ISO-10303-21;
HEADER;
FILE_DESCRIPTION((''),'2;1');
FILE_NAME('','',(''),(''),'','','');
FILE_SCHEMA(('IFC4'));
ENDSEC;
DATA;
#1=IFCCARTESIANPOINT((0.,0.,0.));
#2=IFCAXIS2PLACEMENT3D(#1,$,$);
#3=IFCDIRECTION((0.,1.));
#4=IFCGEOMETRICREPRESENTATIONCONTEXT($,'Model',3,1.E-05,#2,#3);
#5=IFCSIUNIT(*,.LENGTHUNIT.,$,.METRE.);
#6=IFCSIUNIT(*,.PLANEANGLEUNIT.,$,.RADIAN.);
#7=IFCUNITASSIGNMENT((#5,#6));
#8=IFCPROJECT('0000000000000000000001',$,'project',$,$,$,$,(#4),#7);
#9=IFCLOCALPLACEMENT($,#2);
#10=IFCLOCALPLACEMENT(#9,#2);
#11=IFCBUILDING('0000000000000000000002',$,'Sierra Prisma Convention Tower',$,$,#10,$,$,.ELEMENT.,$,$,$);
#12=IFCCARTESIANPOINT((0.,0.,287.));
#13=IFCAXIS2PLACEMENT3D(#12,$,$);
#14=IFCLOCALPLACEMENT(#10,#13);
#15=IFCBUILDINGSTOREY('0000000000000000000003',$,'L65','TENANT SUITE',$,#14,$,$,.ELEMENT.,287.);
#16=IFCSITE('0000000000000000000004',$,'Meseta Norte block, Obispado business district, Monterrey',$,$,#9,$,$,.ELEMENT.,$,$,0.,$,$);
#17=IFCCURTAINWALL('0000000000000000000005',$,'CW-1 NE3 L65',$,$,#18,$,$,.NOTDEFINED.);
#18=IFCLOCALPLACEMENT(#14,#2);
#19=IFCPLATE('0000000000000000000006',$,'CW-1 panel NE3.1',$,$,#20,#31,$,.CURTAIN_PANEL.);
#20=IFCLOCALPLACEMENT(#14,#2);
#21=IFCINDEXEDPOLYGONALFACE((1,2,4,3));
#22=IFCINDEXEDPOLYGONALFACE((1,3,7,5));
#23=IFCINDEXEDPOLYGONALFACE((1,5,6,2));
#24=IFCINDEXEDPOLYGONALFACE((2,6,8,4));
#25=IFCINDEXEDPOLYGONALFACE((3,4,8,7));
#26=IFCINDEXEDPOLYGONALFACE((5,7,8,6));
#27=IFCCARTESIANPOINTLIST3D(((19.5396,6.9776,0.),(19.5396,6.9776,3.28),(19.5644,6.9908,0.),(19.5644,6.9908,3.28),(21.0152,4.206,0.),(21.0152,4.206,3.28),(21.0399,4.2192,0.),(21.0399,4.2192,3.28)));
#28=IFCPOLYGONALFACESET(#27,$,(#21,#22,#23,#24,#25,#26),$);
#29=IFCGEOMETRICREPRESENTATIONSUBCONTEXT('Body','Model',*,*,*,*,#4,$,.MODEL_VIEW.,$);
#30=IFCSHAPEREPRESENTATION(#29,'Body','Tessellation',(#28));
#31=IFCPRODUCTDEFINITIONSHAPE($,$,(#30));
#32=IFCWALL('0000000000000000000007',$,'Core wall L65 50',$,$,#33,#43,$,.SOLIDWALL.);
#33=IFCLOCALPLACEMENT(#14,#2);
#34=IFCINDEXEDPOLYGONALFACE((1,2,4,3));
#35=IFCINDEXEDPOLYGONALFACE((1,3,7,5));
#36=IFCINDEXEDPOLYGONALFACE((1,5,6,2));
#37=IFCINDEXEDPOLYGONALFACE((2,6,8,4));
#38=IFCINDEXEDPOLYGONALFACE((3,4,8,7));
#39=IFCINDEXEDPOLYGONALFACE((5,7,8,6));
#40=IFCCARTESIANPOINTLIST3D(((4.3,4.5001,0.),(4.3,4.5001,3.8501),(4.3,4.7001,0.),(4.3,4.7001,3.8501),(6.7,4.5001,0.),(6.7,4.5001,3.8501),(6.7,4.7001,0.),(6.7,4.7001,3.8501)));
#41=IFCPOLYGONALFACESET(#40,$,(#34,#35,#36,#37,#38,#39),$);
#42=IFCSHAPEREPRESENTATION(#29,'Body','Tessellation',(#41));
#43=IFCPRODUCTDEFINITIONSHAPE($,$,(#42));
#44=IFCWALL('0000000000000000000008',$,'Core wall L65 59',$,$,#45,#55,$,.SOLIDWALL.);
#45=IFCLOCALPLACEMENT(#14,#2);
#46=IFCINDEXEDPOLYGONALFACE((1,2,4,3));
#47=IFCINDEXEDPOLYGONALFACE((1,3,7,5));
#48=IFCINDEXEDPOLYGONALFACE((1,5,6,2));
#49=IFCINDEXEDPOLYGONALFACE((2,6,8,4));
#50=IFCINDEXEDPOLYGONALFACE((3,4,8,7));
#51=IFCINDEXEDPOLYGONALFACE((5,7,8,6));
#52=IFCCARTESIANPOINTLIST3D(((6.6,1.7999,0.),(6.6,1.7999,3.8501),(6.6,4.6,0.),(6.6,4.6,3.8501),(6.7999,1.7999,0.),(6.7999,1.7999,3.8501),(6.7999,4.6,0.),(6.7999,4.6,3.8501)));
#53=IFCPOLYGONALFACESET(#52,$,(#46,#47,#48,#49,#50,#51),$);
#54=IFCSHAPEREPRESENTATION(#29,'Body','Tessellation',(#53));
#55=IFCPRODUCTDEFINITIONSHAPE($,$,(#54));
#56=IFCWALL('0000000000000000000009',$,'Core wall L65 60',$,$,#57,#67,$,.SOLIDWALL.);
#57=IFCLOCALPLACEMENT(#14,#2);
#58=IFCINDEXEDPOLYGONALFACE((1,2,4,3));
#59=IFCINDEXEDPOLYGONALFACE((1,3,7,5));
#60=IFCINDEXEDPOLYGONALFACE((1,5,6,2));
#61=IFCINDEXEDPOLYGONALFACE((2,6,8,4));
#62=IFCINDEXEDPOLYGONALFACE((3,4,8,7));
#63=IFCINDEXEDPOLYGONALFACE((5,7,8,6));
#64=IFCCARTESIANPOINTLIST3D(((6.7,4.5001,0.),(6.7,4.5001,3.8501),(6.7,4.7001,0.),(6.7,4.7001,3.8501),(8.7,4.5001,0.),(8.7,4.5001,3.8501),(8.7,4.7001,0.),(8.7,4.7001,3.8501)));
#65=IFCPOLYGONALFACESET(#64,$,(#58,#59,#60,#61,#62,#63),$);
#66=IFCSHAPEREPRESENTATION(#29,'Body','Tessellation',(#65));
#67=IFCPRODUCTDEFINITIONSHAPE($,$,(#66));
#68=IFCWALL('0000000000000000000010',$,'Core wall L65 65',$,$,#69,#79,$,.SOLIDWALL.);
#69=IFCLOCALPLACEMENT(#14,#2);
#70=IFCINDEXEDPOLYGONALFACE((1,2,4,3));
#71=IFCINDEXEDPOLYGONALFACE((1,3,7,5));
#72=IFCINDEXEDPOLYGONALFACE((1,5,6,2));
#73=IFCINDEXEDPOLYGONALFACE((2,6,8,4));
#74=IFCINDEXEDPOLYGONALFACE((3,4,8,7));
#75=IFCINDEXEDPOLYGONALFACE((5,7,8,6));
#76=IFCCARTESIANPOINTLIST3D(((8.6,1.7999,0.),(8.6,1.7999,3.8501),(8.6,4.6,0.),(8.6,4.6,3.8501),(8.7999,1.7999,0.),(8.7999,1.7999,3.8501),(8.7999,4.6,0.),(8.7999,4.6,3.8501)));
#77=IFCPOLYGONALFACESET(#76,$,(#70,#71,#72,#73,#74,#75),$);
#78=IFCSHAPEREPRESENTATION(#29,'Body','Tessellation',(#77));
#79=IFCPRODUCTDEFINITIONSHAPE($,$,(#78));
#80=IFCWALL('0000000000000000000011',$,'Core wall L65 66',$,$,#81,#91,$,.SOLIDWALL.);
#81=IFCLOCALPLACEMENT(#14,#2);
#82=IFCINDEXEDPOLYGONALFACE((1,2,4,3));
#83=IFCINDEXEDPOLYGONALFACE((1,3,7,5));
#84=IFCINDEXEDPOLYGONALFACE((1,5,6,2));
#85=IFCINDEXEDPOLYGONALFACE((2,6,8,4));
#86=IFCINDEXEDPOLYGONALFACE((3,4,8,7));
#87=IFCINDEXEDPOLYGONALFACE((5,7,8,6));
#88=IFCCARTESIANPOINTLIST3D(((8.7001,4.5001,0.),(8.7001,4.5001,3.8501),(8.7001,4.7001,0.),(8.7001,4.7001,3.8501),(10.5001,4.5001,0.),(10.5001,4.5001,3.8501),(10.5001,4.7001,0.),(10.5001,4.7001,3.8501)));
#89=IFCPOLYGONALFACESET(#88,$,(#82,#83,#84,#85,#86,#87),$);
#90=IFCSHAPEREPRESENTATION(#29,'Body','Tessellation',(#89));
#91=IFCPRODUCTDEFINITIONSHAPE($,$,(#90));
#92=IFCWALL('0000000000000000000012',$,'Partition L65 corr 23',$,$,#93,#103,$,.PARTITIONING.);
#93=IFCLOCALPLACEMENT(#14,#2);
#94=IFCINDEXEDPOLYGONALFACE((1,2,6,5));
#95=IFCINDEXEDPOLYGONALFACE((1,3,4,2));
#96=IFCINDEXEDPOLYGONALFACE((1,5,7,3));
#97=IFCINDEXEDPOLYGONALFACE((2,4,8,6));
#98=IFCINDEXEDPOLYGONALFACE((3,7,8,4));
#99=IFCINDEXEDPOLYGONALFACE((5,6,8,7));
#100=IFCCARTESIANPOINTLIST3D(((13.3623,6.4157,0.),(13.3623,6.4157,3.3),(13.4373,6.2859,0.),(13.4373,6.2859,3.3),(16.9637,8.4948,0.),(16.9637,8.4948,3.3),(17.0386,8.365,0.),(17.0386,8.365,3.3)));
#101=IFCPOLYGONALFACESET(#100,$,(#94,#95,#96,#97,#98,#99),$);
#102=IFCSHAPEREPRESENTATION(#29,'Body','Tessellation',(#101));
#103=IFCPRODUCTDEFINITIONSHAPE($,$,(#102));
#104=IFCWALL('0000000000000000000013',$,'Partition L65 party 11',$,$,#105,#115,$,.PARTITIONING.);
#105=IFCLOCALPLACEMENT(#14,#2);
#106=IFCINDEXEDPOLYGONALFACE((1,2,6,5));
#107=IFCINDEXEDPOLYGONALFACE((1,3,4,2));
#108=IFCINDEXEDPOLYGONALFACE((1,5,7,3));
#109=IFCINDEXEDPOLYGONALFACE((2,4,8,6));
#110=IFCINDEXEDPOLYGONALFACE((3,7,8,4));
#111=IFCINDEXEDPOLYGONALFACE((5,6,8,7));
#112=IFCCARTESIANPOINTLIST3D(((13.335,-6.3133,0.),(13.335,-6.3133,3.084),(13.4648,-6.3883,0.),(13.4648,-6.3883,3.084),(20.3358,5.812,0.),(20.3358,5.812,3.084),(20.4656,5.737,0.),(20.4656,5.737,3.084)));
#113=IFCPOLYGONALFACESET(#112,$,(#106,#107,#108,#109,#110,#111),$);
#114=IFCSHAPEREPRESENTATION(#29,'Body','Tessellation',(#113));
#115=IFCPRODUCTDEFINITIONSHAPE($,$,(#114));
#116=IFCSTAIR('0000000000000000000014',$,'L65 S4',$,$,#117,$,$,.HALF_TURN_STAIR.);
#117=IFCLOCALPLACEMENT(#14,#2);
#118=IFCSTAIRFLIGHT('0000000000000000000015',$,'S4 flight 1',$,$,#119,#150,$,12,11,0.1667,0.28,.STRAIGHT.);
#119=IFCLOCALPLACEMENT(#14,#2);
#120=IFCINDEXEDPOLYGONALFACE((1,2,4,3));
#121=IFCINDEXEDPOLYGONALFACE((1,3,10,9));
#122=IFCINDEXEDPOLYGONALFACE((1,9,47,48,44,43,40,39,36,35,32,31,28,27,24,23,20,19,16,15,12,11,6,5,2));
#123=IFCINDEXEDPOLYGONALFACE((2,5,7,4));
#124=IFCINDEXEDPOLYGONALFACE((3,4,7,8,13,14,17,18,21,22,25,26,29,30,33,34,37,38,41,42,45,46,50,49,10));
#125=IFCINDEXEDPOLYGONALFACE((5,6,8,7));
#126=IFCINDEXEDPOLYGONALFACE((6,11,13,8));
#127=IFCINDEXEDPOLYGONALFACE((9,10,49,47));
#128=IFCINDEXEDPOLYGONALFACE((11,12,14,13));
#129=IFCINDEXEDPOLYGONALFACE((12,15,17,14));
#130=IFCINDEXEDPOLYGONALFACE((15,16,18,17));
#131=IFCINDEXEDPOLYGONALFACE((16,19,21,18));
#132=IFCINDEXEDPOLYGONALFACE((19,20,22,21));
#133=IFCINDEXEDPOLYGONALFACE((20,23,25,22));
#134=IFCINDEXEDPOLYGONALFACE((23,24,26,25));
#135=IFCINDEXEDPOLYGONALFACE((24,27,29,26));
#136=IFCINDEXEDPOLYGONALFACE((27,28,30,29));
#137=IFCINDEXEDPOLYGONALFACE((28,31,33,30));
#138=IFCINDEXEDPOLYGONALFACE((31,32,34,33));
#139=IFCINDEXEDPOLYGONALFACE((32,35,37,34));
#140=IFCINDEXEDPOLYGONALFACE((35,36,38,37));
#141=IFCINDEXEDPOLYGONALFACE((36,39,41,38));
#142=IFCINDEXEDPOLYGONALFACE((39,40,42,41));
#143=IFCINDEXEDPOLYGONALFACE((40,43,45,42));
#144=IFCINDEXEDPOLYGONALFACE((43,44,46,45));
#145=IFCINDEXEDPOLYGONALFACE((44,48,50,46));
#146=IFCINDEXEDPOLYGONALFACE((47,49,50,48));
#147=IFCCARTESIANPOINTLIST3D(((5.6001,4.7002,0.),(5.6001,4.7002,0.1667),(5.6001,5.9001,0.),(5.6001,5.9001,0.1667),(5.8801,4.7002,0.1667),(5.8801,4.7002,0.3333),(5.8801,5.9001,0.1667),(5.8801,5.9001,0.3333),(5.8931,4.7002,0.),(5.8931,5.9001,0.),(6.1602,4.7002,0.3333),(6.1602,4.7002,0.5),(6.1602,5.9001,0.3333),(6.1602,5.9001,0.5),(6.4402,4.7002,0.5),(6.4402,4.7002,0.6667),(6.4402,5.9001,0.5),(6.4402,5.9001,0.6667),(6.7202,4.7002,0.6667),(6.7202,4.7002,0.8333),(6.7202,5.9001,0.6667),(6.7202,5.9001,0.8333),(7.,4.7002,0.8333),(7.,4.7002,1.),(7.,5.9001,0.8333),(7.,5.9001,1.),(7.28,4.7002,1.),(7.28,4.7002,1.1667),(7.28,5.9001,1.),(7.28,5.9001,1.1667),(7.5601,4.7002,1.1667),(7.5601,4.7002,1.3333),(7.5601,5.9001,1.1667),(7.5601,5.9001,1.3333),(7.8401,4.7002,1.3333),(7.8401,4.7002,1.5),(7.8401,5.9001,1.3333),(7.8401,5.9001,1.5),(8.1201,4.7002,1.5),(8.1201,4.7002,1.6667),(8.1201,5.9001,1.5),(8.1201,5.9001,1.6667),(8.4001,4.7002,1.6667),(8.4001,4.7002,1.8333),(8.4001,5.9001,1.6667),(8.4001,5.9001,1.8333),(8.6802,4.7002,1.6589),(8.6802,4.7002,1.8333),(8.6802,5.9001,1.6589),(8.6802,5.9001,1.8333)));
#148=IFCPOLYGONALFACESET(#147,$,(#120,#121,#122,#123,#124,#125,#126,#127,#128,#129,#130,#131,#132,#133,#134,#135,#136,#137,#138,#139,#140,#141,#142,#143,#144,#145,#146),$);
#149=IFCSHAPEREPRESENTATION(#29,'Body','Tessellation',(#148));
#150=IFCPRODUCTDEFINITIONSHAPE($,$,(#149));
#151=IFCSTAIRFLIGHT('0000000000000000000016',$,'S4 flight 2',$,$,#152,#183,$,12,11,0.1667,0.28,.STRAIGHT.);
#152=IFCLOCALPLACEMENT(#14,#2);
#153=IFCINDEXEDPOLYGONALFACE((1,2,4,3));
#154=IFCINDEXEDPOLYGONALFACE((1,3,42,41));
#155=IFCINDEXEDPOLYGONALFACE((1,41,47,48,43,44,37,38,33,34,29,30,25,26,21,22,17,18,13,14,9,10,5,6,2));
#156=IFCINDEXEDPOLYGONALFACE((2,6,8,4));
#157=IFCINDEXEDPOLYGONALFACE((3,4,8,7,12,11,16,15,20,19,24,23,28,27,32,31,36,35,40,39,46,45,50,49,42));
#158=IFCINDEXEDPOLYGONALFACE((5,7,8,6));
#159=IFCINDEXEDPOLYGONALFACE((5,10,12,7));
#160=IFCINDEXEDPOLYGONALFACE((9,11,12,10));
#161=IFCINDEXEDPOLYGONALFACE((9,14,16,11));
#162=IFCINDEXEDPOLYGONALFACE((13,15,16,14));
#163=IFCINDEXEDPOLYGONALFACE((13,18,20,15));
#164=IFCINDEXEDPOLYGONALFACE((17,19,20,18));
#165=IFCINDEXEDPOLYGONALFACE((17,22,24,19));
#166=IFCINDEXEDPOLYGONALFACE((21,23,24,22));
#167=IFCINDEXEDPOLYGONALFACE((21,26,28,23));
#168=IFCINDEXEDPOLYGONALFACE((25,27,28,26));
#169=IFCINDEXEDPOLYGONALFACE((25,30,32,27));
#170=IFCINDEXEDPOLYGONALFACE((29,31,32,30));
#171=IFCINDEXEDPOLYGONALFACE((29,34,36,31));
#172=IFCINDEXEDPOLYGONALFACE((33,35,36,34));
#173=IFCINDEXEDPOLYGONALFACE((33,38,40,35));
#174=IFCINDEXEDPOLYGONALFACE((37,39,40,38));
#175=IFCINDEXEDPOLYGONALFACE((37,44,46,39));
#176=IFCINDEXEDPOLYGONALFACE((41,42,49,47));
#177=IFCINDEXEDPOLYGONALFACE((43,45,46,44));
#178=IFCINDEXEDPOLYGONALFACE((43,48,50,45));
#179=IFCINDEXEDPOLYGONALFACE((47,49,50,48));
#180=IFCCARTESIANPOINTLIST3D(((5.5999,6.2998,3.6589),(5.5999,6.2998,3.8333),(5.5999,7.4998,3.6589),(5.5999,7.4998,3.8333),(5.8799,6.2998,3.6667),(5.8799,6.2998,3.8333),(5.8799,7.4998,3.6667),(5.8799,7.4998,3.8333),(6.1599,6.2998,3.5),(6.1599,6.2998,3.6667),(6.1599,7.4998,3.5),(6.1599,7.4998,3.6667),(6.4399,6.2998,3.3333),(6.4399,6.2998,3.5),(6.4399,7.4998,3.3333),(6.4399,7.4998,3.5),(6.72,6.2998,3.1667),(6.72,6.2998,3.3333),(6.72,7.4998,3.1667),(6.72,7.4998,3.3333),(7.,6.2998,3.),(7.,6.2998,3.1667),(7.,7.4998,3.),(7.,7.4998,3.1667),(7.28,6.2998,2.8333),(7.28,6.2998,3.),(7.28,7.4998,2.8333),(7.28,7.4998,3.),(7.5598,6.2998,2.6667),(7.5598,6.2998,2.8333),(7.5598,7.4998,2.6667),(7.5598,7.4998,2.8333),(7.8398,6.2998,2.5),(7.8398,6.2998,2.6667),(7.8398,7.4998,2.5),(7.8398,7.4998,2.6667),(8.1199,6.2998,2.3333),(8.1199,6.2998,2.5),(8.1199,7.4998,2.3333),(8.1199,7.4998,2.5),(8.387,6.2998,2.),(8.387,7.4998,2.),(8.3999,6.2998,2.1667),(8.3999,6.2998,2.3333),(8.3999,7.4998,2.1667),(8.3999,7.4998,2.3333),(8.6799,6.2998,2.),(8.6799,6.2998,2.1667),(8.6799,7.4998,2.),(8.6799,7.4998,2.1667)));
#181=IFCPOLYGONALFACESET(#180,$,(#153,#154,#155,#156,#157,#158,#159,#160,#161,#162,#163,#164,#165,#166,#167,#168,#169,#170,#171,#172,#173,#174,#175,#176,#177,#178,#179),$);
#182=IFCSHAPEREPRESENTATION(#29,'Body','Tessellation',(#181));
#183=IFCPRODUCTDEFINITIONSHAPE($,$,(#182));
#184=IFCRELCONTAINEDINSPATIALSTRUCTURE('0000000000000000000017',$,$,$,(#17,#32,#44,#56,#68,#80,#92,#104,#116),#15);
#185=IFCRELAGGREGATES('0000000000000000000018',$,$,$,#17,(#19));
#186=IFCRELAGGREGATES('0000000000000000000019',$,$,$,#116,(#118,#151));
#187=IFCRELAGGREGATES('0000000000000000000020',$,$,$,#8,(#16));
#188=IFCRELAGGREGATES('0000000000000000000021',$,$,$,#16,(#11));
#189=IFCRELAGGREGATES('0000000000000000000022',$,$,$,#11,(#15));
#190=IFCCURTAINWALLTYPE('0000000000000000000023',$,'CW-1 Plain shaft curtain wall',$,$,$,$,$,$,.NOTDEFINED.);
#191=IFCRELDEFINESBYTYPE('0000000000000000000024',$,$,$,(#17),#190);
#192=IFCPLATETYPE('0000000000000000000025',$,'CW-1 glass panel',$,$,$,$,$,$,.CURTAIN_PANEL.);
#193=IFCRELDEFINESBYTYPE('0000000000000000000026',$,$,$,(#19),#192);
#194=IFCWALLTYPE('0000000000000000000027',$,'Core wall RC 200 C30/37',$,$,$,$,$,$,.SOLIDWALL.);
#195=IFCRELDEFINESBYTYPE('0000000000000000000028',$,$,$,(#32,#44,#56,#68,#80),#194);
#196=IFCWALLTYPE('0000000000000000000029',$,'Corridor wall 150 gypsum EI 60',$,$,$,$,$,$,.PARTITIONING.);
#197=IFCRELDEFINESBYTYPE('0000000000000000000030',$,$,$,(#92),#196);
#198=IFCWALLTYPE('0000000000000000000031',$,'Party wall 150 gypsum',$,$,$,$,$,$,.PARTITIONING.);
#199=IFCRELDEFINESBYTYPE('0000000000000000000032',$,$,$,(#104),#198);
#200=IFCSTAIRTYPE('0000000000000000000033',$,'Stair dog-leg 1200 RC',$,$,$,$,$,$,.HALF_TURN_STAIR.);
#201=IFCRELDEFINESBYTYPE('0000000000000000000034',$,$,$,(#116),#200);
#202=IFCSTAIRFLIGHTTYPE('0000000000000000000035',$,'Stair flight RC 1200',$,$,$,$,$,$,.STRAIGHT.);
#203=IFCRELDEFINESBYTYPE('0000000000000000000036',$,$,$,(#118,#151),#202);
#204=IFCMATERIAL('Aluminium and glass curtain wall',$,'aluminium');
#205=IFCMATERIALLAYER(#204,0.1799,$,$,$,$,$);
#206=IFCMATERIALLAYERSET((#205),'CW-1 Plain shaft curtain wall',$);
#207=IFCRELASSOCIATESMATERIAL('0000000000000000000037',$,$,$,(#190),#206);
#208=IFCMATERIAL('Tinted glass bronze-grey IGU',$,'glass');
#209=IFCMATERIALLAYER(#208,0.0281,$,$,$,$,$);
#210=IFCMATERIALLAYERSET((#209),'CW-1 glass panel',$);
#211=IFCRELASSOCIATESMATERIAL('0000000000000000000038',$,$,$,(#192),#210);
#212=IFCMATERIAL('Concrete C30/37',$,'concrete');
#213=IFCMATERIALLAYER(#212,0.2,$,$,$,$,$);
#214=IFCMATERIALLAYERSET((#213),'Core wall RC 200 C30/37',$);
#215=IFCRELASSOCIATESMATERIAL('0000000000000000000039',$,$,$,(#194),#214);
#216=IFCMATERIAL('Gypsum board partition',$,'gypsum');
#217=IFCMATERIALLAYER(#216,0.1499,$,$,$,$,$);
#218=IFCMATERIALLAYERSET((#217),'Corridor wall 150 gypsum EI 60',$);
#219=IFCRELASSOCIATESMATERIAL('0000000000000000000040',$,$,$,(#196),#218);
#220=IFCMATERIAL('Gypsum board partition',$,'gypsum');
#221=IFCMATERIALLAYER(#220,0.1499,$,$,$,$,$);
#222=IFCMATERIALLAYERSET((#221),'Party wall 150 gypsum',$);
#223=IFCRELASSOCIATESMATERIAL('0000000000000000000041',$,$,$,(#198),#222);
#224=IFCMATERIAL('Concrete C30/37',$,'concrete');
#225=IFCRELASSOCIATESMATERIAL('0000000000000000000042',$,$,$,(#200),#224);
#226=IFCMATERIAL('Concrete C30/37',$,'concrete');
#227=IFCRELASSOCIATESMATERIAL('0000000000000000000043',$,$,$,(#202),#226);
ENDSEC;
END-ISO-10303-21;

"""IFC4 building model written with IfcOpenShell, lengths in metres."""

from ifc_helpers import new_model, si_unit, direction, frame, frame_2d, origin, origin_2d, place, context, subcontext, project, spatial, polyline, rectangle, outline, extrude, material, layer, layer_set, type_object, element, aggregate, save


model = new_model("IFC4")

# Units and contexts
model_context = context("Model", 3, precision=1e-05, world=origin(), true_north=direction((0.0, 1.0)))
body_context = subcontext(model_context, "Body", "Model", "MODEL_VIEW")
ifc_project = project(units=[si_unit("LENGTHUNIT", "METRE"), si_unit("PLANEANGLEUNIT", "RADIAN")], contexts=[model_context])

# Site, building, storey
site_placement = place(None, origin())
site = spatial("IfcSite", under=ifc_project, at=site_placement, Name="Meseta Norte block, Obispado business district, Monterrey", CompositionType="ELEMENT", RefElevation=0.0)
building_placement = place(site_placement, origin())
building = spatial("IfcBuilding", under=site, at=building_placement, Name="Sierra Prisma Convention Tower", CompositionType="ELEMENT")
storey_placement = place(building_placement, frame((0.0, 0.0, 287.0)))
storey = spatial("IfcBuildingStorey", under=building, at=storey_placement, Name="L65", Description="TENANT SUITE", CompositionType="ELEMENT", Elevation=287.0)

# Shared definitions
ifc_material_1 = material(Name="Aluminium and glass curtain wall", Category="aluminium")
ifc_layer_1 = layer(ifc_material_1, 0.1799)
ifc_layer_set_1 = layer_set([ifc_layer_1], Name="CW-1 Plain shaft curtain wall")
curtain_wall_type = type_object("IfcCurtainWallType", Name="CW-1 Plain shaft curtain wall", PredefinedType="NOTDEFINED", material=ifc_layer_set_1)

# Curtain wall
curtain_wall_1_placement = place(storey_placement, origin())
curtain_wall_1 = element("IfcCurtainWall", 1, at=curtain_wall_1_placement, inside=storey, type_object=curtain_wall_type, Name="CW-1 NE3 L65", PredefinedType="NOTDEFINED")

# Plate
ifc_material_2 = material(Name="Tinted glass bronze-grey IGU", Category="glass")
ifc_layer_2 = layer(ifc_material_2, 0.0281)
ifc_layer_set_2 = layer_set([ifc_layer_2], Name="CW-1 glass panel")
plate_type = type_object("IfcPlateType", Name="CW-1 glass panel", PredefinedType="CURTAIN_PANEL", material=ifc_layer_set_2)
plate_1_placement = place(storey_placement, frame((20.2898, 5.5984, 0.0), z_axis=(0.0, 0.0, 1.0), x_axis=(-0.469925, 0.882706, 0.0)))
plate_1 = element("IfcPlate", 2, at=plate_1_placement, type_object=plate_type, Name="CW-1 panel NE3.1", PredefinedType="CURTAIN_PANEL", context=body_context, shape_type="SweptSolid", body=[
    extrude(rectangle(XDim=3.1399, YDim=0.0281, at=origin_2d()), origin(), (0.0, 0.0, 1.0), 3.28),
])
aggregate(curtain_wall_1, [plate_1])

# Wall
ifc_material_3 = material(Name="Concrete C30/37", Category="concrete")
ifc_layer_3 = layer(ifc_material_3, 0.2)
ifc_layer_set_3 = layer_set([ifc_layer_3], Name="Core wall RC 200 C30/37")
wall_type_1 = type_object("IfcWallType", Name="Core wall RC 200 C30/37", PredefinedType="SOLIDWALL", material=ifc_layer_set_3)
wall_1_placement = place(storey_placement, frame((6.7, 4.6001, 0.0), z_axis=(0.0, 0.0, 1.0), x_axis=(-1.0, 0.0, 0.0)))
element("IfcWall", 3, at=wall_1_placement, inside=storey, type_object=wall_type_1, Name="Core wall L65 50", PredefinedType="SOLIDWALL", context=body_context, shape_type="SweptSolid", body=[
    extrude(rectangle(XDim=2.3999, YDim=0.2, at=frame_2d((1.2, 0.0))), origin(), (0.0, 0.0, 1.0), 3.8501),
])

# Walls
wall_2_placement = place(storey_placement, frame((6.7, 1.8, 0.0), z_axis=(0.0, 0.0, 1.0), x_axis=(0.0, 1.0, 0.0)))
element("IfcWall", 4, at=wall_2_placement, inside=storey, type_object=wall_type_1, Name="Core wall L65 59", PredefinedType="SOLIDWALL", context=body_context, shape_type="SweptSolid", body=[
    extrude(rectangle(XDim=2.8, YDim=0.2, at=frame_2d((1.3999, 0.0))), origin(), (0.0, 0.0, 1.0), 3.8501),
])
wall_3_placement = place(storey_placement, frame((8.7, 4.6001, 0.0), z_axis=(0.0, 0.0, 1.0), x_axis=(-1.0, 0.0, 0.0)))
element("IfcWall", 5, at=wall_3_placement, inside=storey, type_object=wall_type_1, Name="Core wall L65 60", PredefinedType="SOLIDWALL", context=body_context, shape_type="SweptSolid", body=[
    extrude(rectangle(XDim=2.0, YDim=0.2, at=frame_2d((1.0, 0.0))), origin(), (0.0, 0.0, 1.0), 3.8501),
])

# Walls
wall_4_placement = place(storey_placement, frame((8.7, 1.8, 0.0), z_axis=(0.0, 0.0, 1.0), x_axis=(0.0, 1.0, 0.0)))
element("IfcWall", 6, at=wall_4_placement, inside=storey, type_object=wall_type_1, Name="Core wall L65 65", PredefinedType="SOLIDWALL", context=body_context, shape_type="SweptSolid", body=[
    extrude(rectangle(XDim=2.8, YDim=0.2, at=frame_2d((1.3999, 0.0))), origin(), (0.0, 0.0, 1.0), 3.8501),
])
wall_5_placement = place(storey_placement, frame((10.5, 4.6001, 0.0), z_axis=(0.0, 0.0, 1.0), x_axis=(-1.0, 0.0, 0.0)))
element("IfcWall", 7, at=wall_5_placement, inside=storey, type_object=wall_type_1, Name="Core wall L65 66", PredefinedType="SOLIDWALL", context=body_context, shape_type="SweptSolid", body=[
    extrude(rectangle(XDim=1.8, YDim=0.2, at=frame_2d((0.8999, 0.0))), origin(), (0.0, 0.0, 1.0), 3.8501),
])
ifc_material_4 = material(Name="Gypsum board partition", Category="gypsum")
ifc_layer_4 = layer(ifc_material_4, 0.1499)
ifc_layer_set_4 = layer_set([ifc_layer_4], Name="Corridor wall 150 gypsum EI 60")
wall_type_2 = type_object("IfcWallType", Name="Corridor wall 150 gypsum EI 60", PredefinedType="PARTITIONING", material=ifc_layer_set_4)
wall_6_placement = place(storey_placement, frame((13.3999, 6.3508, 0.0), z_axis=(0.0, 0.0, 1.0), x_axis=(0.866038, 0.499978, 0.0)))
element("IfcWall", 8, at=wall_6_placement, inside=storey, type_object=wall_type_2, Name="Partition L65 corr 23", PredefinedType="PARTITIONING", context=body_context, shape_type="SweptSolid", body=[
    extrude(rectangle(XDim=4.1584, YDim=0.1499, at=frame_2d((2.0791, 0.0))), origin(), (0.0, 0.0, 1.0), 3.3),
])
ifc_material_5 = material(Name="Gypsum board partition", Category="gypsum")
ifc_layer_5 = layer(ifc_material_5, 0.1499)
ifc_layer_set_5 = layer_set([ifc_layer_5], Name="Party wall 150 gypsum")
wall_type_3 = type_object("IfcWallType", Name="Party wall 150 gypsum", PredefinedType="PARTITIONING", material=ifc_layer_set_5)
wall_7_placement = place(storey_placement, frame((20.4006, 5.7744, 0.0), z_axis=(0.0, 0.0, 1.0), x_axis=(-0.500012, -0.866019, 0.0)))
element("IfcWall", 9, at=wall_7_placement, inside=storey, type_object=wall_type_3, Name="Partition L65 party 11", PredefinedType="PARTITIONING", context=body_context, shape_type="SweptSolid", body=[
    extrude(rectangle(XDim=14.0012, YDim=0.1499, at=frame_2d((7.0005, 0.0))), origin(), (0.0, 0.0, 1.0), 3.084),
])

# Stair, stair flights
ifc_material_6 = material(Name="Concrete C30/37", Category="concrete")
stair_type = type_object("IfcStairType", Name="Stair dog-leg 1200 RC", PredefinedType="HALF_TURN_STAIR", material=ifc_material_6)
stair_placement = place(storey_placement, origin())
stair = element("IfcStair", 10, at=stair_placement, inside=storey, type_object=stair_type, Name="L65 S4", PredefinedType="HALF_TURN_STAIR")
ifc_material_7 = material(Name="Concrete C30/37", Category="concrete")
stair_flight_type = type_object("IfcStairFlightType", Name="Stair flight RC 1200", PredefinedType="STRAIGHT", material=ifc_material_7)
stair_flight_1_placement = place(storey_placement, frame((5.6001, 5.3, 0.0), z_axis=(0.0, 0.0, 1.0), x_axis=(1.0, 0.0, 0.0)))
stair_flight_1 = element("IfcStairFlight", 11, at=stair_flight_1_placement, type_object=stair_flight_type, Name="S4 flight 1", NumberOfRisers=12, NumberOfTreads=11, PredefinedType="STRAIGHT", RiserHeight=0.1667, TreadLength=0.28, context=body_context, shape_type="SweptSolid", body=[
    extrude(outline(polyline([(0.0, 0.0), (0.0, 0.1667), (0.28, 0.1667), (0.28, 0.3333), (0.5601, 0.3333), (0.5601, 0.5), (0.8401, 0.5), (0.8401, 0.6667), (1.1201, 0.6667), (1.1201, 0.8333), (1.3999, 0.8333), (1.3999, 1.0), (1.6799, 1.0), (1.6799, 1.1667), (1.96, 1.1667), (1.96, 1.3333), (2.24, 1.3333), (2.24, 1.5), (2.52, 1.5), (2.52, 1.6667), (2.8, 1.6667), (2.8, 1.8333), (3.0801, 1.8333), (3.0801, 2.0), (3.0801, 1.6589), (0.293, 0.0), (0.0, 0.0)])), frame((0.0, 0.6001, 0.0), z_axis=(0.0, -1.0, 0.0), x_axis=(1.0, 0.0, 0.0)), (0.0, 0.0, 1.0), 1.2),
])
stair_flight_2_placement = place(storey_placement, frame((8.6799, 6.8999, 2.0), z_axis=(0.0, 0.0, 1.0), x_axis=(-1.0, 0.0, 0.0)))
stair_flight_2 = element("IfcStairFlight", 12, at=stair_flight_2_placement, type_object=stair_flight_type, Name="S4 flight 2", NumberOfRisers=12, NumberOfTreads=11, PredefinedType="STRAIGHT", RiserHeight=0.1667, TreadLength=0.28, context=body_context, shape_type="SweptSolid", body=[
    extrude(outline(polyline([(0.0, 0.0), (0.0, 0.1667), (0.28, 0.1667), (0.28, 0.3333), (0.5601, 0.3333), (0.5601, 0.5), (0.8401, 0.5), (0.8401, 0.6667), (1.1201, 0.6667), (1.1201, 0.8333), (1.3999, 0.8333), (1.3999, 1.0), (1.6799, 1.0), (1.6799, 1.1667), (1.96, 1.1667), (1.96, 1.3333), (2.24, 1.3333), (2.24, 1.5), (2.52, 1.5), (2.52, 1.6667), (2.8, 1.6667), (2.8, 1.8333), (3.0801, 1.8333), (3.0801, 2.0), (3.0801, 1.6589), (0.293, 0.0), (0.0, 0.0)])), frame((0.0, 0.6001, 0.0), z_axis=(0.0, -1.0, 0.0), x_axis=(1.0, 0.0, 0.0)), (0.0, 0.0, 1.0), 1.2),
])
aggregate(stair, [stair_flight_1, stair_flight_2])

save(model, "model.ifc")
